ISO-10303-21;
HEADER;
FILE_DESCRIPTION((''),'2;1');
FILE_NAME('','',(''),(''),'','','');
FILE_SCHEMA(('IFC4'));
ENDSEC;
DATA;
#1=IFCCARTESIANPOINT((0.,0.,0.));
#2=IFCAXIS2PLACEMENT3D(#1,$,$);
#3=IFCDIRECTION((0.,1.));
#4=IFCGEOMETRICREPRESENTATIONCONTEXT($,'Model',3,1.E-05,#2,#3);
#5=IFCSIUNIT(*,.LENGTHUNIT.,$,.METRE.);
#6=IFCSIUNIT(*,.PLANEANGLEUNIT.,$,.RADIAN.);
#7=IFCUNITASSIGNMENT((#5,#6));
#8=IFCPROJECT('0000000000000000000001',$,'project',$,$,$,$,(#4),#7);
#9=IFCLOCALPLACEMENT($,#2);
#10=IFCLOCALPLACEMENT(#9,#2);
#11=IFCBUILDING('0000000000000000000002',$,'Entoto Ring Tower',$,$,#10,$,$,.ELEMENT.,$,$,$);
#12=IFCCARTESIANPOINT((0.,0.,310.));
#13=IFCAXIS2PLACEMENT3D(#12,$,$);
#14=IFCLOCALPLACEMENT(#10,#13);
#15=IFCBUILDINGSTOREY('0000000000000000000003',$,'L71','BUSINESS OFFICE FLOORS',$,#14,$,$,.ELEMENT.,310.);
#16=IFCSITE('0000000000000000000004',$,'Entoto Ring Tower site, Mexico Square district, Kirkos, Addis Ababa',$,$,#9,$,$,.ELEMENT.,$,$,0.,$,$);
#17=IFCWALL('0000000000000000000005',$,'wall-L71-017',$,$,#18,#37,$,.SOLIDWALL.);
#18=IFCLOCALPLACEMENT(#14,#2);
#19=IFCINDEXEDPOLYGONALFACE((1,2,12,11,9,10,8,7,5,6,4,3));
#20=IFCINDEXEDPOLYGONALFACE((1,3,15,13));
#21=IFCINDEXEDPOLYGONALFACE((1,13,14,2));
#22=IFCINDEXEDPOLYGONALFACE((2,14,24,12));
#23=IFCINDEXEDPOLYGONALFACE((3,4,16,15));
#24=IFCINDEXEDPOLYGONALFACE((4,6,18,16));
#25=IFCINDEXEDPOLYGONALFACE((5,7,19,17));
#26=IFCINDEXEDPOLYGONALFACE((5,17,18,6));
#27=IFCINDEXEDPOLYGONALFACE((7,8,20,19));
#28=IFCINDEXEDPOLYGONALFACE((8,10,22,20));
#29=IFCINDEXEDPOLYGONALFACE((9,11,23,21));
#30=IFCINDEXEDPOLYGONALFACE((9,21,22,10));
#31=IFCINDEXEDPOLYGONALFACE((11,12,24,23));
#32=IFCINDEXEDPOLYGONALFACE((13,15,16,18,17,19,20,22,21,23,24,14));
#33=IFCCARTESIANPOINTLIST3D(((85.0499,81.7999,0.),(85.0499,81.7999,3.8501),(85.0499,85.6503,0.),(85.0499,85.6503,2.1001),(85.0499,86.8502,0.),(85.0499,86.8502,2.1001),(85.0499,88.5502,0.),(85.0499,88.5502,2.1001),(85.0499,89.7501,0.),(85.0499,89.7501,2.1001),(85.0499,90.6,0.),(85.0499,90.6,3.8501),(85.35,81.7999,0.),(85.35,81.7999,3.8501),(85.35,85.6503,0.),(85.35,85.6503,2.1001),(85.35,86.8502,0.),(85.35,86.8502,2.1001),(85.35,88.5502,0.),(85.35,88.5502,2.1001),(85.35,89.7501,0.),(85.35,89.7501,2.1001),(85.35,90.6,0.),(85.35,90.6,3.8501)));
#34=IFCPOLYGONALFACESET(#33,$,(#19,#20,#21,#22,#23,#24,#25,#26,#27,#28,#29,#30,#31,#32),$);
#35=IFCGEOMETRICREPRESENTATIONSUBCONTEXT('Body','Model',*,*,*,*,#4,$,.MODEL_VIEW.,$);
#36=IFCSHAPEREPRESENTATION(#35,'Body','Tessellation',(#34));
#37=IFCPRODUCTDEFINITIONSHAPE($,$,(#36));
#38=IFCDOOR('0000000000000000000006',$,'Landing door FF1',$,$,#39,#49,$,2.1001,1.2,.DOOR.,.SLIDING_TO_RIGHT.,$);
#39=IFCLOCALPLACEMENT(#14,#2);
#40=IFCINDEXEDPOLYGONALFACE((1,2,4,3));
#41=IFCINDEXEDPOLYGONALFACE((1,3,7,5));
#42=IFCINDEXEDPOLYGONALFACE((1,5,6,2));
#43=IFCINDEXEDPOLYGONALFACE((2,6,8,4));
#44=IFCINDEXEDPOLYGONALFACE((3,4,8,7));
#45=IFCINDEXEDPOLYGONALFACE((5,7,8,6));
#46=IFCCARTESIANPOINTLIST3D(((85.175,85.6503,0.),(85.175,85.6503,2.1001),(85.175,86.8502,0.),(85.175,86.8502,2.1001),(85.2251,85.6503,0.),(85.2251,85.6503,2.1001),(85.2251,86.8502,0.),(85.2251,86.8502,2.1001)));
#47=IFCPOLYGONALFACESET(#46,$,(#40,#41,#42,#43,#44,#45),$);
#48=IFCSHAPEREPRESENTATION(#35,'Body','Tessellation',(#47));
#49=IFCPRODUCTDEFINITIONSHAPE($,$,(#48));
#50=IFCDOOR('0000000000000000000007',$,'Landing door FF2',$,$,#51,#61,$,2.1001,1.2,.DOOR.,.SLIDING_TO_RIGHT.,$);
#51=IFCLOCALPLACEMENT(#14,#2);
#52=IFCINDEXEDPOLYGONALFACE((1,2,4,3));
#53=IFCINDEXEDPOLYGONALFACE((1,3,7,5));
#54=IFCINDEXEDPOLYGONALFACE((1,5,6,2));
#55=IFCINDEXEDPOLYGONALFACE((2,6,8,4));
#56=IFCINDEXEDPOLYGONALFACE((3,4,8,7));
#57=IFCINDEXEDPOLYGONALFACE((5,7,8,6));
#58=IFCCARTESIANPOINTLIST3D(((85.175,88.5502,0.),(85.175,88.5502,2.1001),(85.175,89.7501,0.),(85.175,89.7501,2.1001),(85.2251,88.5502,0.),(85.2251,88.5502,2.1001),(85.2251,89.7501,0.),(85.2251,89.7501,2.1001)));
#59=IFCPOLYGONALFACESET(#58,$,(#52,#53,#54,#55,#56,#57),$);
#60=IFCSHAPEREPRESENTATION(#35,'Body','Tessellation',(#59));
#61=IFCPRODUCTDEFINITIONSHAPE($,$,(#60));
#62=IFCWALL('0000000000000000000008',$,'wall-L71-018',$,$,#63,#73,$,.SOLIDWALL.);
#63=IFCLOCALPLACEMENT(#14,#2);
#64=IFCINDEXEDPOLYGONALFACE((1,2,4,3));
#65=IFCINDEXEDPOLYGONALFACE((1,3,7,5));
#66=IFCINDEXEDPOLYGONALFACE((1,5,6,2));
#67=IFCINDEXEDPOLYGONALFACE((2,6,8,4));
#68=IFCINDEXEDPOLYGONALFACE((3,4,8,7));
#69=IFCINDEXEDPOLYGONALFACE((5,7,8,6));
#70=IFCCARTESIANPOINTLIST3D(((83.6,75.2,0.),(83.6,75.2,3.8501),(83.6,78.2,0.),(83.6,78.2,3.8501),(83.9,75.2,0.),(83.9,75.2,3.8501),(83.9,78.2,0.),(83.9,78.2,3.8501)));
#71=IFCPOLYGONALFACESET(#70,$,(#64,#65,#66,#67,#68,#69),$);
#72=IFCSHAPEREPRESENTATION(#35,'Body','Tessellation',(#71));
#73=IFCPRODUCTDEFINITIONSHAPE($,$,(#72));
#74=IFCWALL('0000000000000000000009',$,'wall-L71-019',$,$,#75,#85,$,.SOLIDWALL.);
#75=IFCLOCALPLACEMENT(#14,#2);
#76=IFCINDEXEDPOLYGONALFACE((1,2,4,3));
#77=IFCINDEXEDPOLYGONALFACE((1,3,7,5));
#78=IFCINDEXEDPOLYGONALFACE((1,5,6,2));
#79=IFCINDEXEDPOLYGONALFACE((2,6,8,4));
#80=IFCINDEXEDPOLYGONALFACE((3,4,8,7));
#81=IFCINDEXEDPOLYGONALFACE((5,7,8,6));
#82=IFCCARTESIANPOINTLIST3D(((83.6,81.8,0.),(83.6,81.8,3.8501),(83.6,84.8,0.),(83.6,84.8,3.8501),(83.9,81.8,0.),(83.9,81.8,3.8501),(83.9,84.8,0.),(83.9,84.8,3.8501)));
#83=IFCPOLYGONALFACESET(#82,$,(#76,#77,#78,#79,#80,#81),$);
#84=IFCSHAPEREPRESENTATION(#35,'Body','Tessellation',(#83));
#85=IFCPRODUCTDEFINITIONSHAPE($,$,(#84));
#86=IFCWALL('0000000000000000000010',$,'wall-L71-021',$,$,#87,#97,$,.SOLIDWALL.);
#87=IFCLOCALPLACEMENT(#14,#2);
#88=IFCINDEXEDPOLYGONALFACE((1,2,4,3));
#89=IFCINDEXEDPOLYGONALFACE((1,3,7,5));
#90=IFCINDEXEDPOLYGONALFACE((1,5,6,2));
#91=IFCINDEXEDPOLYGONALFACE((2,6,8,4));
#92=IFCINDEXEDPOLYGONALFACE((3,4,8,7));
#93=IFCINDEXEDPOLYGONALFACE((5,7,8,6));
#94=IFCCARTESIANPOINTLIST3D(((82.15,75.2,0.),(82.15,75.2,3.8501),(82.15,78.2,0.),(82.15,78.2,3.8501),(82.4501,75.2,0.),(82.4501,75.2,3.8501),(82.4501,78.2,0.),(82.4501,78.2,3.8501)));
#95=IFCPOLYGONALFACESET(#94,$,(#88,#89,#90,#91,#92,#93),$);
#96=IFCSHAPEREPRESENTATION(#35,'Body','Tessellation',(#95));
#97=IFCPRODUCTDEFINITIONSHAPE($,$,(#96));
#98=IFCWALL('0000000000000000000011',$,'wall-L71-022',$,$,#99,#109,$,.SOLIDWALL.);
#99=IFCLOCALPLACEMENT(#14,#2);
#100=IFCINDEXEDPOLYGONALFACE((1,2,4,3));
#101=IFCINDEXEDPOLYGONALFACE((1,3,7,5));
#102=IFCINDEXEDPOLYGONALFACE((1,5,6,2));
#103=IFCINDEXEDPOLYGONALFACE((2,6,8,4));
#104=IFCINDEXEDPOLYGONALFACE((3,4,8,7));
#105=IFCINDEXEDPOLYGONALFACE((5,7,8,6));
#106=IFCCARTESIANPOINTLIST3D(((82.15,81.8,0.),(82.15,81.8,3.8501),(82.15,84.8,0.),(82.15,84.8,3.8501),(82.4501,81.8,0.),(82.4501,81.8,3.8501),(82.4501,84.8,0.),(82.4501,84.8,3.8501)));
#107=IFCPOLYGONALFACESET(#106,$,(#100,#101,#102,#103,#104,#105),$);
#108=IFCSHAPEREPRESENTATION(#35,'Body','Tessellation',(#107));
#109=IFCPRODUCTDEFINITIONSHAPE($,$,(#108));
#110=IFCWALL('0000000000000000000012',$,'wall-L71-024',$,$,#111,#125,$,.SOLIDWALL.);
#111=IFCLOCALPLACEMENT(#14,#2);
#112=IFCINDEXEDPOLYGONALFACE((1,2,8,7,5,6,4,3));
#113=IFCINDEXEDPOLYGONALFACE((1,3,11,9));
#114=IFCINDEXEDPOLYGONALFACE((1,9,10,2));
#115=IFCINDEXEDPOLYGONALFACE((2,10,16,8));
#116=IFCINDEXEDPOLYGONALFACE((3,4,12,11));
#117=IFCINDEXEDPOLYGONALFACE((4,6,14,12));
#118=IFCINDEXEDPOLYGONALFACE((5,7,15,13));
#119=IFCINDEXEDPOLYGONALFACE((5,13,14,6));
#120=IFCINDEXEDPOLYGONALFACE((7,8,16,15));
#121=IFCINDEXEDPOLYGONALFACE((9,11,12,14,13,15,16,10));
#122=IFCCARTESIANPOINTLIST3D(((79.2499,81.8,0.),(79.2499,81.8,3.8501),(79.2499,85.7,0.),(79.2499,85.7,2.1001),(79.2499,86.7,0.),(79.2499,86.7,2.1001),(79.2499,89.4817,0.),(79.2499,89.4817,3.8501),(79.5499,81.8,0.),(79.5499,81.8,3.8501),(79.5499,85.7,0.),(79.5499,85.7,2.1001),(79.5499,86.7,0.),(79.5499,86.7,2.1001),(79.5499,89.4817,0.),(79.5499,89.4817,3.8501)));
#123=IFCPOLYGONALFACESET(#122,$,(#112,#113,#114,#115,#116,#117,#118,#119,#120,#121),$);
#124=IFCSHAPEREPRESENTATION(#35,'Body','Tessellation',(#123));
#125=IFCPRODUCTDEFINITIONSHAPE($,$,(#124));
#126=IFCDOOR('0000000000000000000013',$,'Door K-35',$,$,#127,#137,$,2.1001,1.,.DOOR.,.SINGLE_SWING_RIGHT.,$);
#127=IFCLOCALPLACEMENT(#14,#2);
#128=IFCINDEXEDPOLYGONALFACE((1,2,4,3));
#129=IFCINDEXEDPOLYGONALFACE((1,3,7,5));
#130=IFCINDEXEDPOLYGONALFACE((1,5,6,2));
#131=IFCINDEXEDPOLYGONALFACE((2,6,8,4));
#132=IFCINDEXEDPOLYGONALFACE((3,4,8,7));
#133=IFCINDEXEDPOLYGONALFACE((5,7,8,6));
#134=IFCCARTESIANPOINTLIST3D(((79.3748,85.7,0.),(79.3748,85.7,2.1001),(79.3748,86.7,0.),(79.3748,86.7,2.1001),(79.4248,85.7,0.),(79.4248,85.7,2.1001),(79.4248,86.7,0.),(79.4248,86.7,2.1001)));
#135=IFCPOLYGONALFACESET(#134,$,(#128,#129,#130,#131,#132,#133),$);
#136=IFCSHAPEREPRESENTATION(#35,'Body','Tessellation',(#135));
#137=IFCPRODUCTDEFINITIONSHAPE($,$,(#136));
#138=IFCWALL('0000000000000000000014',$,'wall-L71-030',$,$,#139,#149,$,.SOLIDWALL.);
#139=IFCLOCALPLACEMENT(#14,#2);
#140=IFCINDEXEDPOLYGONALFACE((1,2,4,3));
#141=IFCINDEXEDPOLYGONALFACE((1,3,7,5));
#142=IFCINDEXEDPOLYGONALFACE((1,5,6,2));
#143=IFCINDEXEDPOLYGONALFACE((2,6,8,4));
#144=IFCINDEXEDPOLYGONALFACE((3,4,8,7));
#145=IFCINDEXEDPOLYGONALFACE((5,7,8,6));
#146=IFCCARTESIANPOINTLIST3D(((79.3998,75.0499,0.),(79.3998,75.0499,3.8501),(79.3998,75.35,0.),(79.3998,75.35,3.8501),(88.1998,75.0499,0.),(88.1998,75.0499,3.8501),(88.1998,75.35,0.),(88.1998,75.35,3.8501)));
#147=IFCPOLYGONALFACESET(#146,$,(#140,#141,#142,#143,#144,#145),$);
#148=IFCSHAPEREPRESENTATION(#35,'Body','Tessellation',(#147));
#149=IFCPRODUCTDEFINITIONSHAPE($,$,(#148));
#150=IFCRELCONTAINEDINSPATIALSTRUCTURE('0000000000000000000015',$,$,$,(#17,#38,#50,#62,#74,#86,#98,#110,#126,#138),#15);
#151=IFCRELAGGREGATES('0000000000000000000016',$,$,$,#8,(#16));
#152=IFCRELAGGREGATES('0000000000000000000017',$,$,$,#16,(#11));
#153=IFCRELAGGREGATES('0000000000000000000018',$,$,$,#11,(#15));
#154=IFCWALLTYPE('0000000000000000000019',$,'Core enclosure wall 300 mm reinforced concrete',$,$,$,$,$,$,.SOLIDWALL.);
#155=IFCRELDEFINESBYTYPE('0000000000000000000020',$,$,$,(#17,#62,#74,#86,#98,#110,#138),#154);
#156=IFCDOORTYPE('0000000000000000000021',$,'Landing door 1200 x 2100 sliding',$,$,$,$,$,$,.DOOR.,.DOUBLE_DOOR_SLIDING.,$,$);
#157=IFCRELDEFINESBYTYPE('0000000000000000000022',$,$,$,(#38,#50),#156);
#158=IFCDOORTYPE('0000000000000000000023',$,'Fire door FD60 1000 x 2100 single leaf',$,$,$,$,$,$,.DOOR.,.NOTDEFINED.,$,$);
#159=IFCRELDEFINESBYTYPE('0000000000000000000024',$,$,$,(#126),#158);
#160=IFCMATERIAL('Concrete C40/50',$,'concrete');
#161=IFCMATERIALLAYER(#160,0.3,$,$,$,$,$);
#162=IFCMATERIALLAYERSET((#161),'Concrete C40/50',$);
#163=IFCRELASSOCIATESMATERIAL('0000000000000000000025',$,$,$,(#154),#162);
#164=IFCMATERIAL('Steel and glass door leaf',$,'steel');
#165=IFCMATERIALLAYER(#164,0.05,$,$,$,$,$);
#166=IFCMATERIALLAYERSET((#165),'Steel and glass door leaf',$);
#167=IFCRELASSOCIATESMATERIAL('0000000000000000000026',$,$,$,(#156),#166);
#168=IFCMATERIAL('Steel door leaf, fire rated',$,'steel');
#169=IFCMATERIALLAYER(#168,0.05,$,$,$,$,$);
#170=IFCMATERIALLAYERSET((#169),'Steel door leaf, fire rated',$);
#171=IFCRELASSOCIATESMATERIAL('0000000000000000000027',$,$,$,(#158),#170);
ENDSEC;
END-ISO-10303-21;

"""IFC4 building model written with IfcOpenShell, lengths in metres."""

from ifc_helpers import new_model, si_unit, direction, frame, frame_2d, origin, place, context, subcontext, project, spatial, rectangle, extrude, material, layer, layer_set, type_object, element, fill, save


model = new_model("IFC4")

# Units and contexts
model_context = context("Model", 3, precision=1e-05, world=origin(), true_north=direction((0.0, 1.0)))
body_context = subcontext(model_context, "Body", "Model", "MODEL_VIEW")
ifc_project = project(units=[si_unit("LENGTHUNIT", "METRE"), si_unit("PLANEANGLEUNIT", "RADIAN")], contexts=[model_context])

# Site, building, storey
site_placement = place(None, origin())
site = spatial("IfcSite", under=ifc_project, at=site_placement, Name="Entoto Ring Tower site, Mexico Square district, Kirkos, Addis Ababa", CompositionType="ELEMENT", RefElevation=0.0)
building_placement = place(site_placement, origin())
building = spatial("IfcBuilding", under=site, at=building_placement, Name="Entoto Ring Tower", CompositionType="ELEMENT")
storey_placement = place(building_placement, frame((0.0, 0.0, 310.0)))
storey = spatial("IfcBuildingStorey", under=building, at=storey_placement, Name="L71", Description="BUSINESS OFFICE FLOORS", CompositionType="ELEMENT", Elevation=310.0)

# Wall, openings, doors
ifc_material_1 = material(Name="Concrete C40/50", Category="concrete")
ifc_layer_1 = layer(ifc_material_1, 0.3)
ifc_layer_set_1 = layer_set([ifc_layer_1], Name="Concrete C40/50")
wall_type_1 = type_object("IfcWallType", Name="Core enclosure wall 300 mm reinforced concrete", PredefinedType="SOLIDWALL", material=ifc_layer_set_1)
wall_1_placement = place(storey_placement, frame((85.2, 81.8, 0.0), z_axis=(0.0, 0.0, 1.0), x_axis=(0.0, 1.0, 0.0)))
wall_1 = element("IfcWall", 1, at=wall_1_placement, inside=storey, type_object=wall_type_1, Name="wall-L71-017", PredefinedType="SOLIDWALL", context=body_context, shape_type="SweptSolid", body=[
    extrude(rectangle(XDim=8.8, YDim=0.3, at=frame_2d((4.3999, 0.0))), origin(), (0.0, 0.0, 1.0), 3.8501),
])
opening_1_placement = place(wall_1_placement, frame((3.8501, 0.0, 0.0)))
opening_1 = element("IfcOpeningElement", 2, at=opening_1_placement, cuts=wall_1, PredefinedType="OPENING", context=body_context, shape_type="SweptSolid", body=[
    extrude(rectangle(XDim=1.2, YDim=2.1001, at=frame_2d((0.6001, 1.05))), frame((0.0, 0.1602, 0.0), z_axis=(0.0, -1.0, 0.0), x_axis=(1.0, 0.0, 0.0)), (0.0, 0.0, 1.0), 0.3201),
])
opening_2_placement = place(wall_1_placement, frame((6.75, 0.0, 0.0)))
opening_2 = element("IfcOpeningElement", 3, at=opening_2_placement, cuts=wall_1, PredefinedType="OPENING", context=body_context, shape_type="SweptSolid", body=[
    extrude(rectangle(XDim=1.2, YDim=2.1001, at=frame_2d((0.6001, 1.05))), frame((0.0, 0.1602, 0.0), z_axis=(0.0, -1.0, 0.0), x_axis=(1.0, 0.0, 0.0)), (0.0, 0.0, 1.0), 0.3201),
])
ifc_material_2 = material(Name="Steel and glass door leaf", Category="steel")
ifc_layer_2 = layer(ifc_material_2, 0.05)
ifc_layer_set_2 = layer_set([ifc_layer_2], Name="Steel and glass door leaf")
door_type_1 = type_object("IfcDoorType", Name="Landing door 1200 x 2100 sliding", OperationType="DOUBLE_DOOR_SLIDING", PredefinedType="DOOR", material=ifc_layer_set_2)
door_1_placement = place(opening_1_placement, origin())
door_1 = element("IfcDoor", 4, at=door_1_placement, inside=storey, type_object=door_type_1, Name="Landing door FF1", OperationType="SLIDING_TO_RIGHT", OverallHeight=2.1001, OverallWidth=1.2, PredefinedType="DOOR", context=body_context, shape_type="SweptSolid", body=[
    extrude(rectangle(XDim=1.2, YDim=2.1001, at=frame_2d((0.6001, 1.05))), frame((0.0, 0.0249, 0.0), z_axis=(0.0, -1.0, 0.0), x_axis=(1.0, 0.0, 0.0)), (0.0, 0.0, 1.0), 0.05),
])
fill(opening_1, door_1)
door_2_placement = place(opening_2_placement, origin())
door_2 = element("IfcDoor", 5, at=door_2_placement, inside=storey, type_object=door_type_1, Name="Landing door FF2", OperationType="SLIDING_TO_RIGHT", OverallHeight=2.1001, OverallWidth=1.2, PredefinedType="DOOR", context=body_context, shape_type="SweptSolid", body=[
    extrude(rectangle(XDim=1.2, YDim=2.1001, at=frame_2d((0.6001, 1.05))), frame((0.0, 0.0249, 0.0), z_axis=(0.0, -1.0, 0.0), x_axis=(1.0, 0.0, 0.0)), (0.0, 0.0, 1.0), 0.05),
])
fill(opening_2, door_2)

# Walls
for number, where, z_axis, x_axis, name in (
    (6, (83.75, 75.2, 0.0), (0.0, 0.0, 1.0), (0.0, 1.0, 0.0), "wall-L71-018"),
    (7, (83.75, 81.8, 0.0), (0.0, 0.0, 1.0), (0.0, 1.0, 0.0), "wall-L71-019"),
    (8, (82.3, 75.2, 0.0), (0.0, 0.0, 1.0), (0.0, 1.0, 0.0), "wall-L71-021"),
    (9, (82.3, 81.8, 0.0), (0.0, 0.0, 1.0), (0.0, 1.0, 0.0), "wall-L71-022"),
):
    element("IfcWall", number, at=place(storey_placement, frame(where, z_axis=z_axis, x_axis=x_axis)), inside=storey, type_object=wall_type_1, Name=name, PredefinedType="SOLIDWALL", context=body_context, shape_type="SweptSolid", body=[
        extrude(rectangle(XDim=3.0, YDim=0.3, at=frame_2d((1.5, 0.0))), origin(), (0.0, 0.0, 1.0), 3.8501),
    ])

# Wall, opening, door
wall_2_placement = place(storey_placement, frame((79.3999, 81.8, 0.0), z_axis=(0.0, 0.0, 1.0), x_axis=(0.0, 1.0, 0.0)))
wall_2 = element("IfcWall", 10, at=wall_2_placement, inside=storey, type_object=wall_type_1, Name="wall-L71-024", PredefinedType="SOLIDWALL", context=body_context, shape_type="SweptSolid", body=[
    extrude(rectangle(XDim=7.6816, YDim=0.3, at=frame_2d((3.8408, 0.0))), origin(), (0.0, 0.0, 1.0), 3.8501),
])
opening_3_placement = place(wall_2_placement, frame((3.8999, 0.0, 0.0)))
opening_3 = element("IfcOpeningElement", 11, at=opening_3_placement, cuts=wall_2, PredefinedType="OPENING", context=body_context, shape_type="SweptSolid", body=[
    extrude(rectangle(XDim=1.0, YDim=2.1001, at=frame_2d((0.5, 1.05))), frame((0.0, 0.1602, 0.0), z_axis=(0.0, -1.0, 0.0), x_axis=(1.0, 0.0, 0.0)), (0.0, 0.0, 1.0), 0.3201),
])
ifc_material_3 = material(Name="Steel door leaf, fire rated", Category="steel")
ifc_layer_3 = layer(ifc_material_3, 0.05)
ifc_layer_set_3 = layer_set([ifc_layer_3], Name="Steel door leaf, fire rated")
door_type_2 = type_object("IfcDoorType", Name="Fire door FD60 1000 x 2100 single leaf", OperationType="NOTDEFINED", PredefinedType="DOOR", material=ifc_layer_set_3)
door_3_placement = place(opening_3_placement, frame((1.0, 0.0, 0.0), z_axis=(0.0, 0.0, 1.0), x_axis=(-1.0, 0.0, 0.0)))
door_3 = element("IfcDoor", 12, at=door_3_placement, inside=storey, type_object=door_type_2, Name="Door K-35", OperationType="SINGLE_SWING_RIGHT", OverallHeight=2.1001, OverallWidth=1.0, PredefinedType="DOOR", context=body_context, shape_type="SweptSolid", body=[
    extrude(rectangle(XDim=1.0, YDim=2.1001, at=frame_2d((0.5, 1.05))), frame((0.0, 0.0249, 0.0), z_axis=(0.0, -1.0, 0.0), x_axis=(1.0, 0.0, 0.0)), (0.0, 0.0, 1.0), 0.05),
])
fill(opening_3, door_3)

# Wall
wall_3_placement = place(storey_placement, frame((79.3999, 75.2, 0.0), z_axis=(0.0, 0.0, 1.0), x_axis=(1.0, 0.0, 0.0)))
element("IfcWall", 13, at=wall_3_placement, inside=storey, type_object=wall_type_1, Name="wall-L71-030", PredefinedType="SOLIDWALL", context=body_context, shape_type="SweptSolid", body=[
    extrude(rectangle(XDim=8.8, YDim=0.3, at=frame_2d((4.3999, 0.0))), origin(), (0.0, 0.0, 1.0), 3.8501),
])

save(model, "model.ifc")
